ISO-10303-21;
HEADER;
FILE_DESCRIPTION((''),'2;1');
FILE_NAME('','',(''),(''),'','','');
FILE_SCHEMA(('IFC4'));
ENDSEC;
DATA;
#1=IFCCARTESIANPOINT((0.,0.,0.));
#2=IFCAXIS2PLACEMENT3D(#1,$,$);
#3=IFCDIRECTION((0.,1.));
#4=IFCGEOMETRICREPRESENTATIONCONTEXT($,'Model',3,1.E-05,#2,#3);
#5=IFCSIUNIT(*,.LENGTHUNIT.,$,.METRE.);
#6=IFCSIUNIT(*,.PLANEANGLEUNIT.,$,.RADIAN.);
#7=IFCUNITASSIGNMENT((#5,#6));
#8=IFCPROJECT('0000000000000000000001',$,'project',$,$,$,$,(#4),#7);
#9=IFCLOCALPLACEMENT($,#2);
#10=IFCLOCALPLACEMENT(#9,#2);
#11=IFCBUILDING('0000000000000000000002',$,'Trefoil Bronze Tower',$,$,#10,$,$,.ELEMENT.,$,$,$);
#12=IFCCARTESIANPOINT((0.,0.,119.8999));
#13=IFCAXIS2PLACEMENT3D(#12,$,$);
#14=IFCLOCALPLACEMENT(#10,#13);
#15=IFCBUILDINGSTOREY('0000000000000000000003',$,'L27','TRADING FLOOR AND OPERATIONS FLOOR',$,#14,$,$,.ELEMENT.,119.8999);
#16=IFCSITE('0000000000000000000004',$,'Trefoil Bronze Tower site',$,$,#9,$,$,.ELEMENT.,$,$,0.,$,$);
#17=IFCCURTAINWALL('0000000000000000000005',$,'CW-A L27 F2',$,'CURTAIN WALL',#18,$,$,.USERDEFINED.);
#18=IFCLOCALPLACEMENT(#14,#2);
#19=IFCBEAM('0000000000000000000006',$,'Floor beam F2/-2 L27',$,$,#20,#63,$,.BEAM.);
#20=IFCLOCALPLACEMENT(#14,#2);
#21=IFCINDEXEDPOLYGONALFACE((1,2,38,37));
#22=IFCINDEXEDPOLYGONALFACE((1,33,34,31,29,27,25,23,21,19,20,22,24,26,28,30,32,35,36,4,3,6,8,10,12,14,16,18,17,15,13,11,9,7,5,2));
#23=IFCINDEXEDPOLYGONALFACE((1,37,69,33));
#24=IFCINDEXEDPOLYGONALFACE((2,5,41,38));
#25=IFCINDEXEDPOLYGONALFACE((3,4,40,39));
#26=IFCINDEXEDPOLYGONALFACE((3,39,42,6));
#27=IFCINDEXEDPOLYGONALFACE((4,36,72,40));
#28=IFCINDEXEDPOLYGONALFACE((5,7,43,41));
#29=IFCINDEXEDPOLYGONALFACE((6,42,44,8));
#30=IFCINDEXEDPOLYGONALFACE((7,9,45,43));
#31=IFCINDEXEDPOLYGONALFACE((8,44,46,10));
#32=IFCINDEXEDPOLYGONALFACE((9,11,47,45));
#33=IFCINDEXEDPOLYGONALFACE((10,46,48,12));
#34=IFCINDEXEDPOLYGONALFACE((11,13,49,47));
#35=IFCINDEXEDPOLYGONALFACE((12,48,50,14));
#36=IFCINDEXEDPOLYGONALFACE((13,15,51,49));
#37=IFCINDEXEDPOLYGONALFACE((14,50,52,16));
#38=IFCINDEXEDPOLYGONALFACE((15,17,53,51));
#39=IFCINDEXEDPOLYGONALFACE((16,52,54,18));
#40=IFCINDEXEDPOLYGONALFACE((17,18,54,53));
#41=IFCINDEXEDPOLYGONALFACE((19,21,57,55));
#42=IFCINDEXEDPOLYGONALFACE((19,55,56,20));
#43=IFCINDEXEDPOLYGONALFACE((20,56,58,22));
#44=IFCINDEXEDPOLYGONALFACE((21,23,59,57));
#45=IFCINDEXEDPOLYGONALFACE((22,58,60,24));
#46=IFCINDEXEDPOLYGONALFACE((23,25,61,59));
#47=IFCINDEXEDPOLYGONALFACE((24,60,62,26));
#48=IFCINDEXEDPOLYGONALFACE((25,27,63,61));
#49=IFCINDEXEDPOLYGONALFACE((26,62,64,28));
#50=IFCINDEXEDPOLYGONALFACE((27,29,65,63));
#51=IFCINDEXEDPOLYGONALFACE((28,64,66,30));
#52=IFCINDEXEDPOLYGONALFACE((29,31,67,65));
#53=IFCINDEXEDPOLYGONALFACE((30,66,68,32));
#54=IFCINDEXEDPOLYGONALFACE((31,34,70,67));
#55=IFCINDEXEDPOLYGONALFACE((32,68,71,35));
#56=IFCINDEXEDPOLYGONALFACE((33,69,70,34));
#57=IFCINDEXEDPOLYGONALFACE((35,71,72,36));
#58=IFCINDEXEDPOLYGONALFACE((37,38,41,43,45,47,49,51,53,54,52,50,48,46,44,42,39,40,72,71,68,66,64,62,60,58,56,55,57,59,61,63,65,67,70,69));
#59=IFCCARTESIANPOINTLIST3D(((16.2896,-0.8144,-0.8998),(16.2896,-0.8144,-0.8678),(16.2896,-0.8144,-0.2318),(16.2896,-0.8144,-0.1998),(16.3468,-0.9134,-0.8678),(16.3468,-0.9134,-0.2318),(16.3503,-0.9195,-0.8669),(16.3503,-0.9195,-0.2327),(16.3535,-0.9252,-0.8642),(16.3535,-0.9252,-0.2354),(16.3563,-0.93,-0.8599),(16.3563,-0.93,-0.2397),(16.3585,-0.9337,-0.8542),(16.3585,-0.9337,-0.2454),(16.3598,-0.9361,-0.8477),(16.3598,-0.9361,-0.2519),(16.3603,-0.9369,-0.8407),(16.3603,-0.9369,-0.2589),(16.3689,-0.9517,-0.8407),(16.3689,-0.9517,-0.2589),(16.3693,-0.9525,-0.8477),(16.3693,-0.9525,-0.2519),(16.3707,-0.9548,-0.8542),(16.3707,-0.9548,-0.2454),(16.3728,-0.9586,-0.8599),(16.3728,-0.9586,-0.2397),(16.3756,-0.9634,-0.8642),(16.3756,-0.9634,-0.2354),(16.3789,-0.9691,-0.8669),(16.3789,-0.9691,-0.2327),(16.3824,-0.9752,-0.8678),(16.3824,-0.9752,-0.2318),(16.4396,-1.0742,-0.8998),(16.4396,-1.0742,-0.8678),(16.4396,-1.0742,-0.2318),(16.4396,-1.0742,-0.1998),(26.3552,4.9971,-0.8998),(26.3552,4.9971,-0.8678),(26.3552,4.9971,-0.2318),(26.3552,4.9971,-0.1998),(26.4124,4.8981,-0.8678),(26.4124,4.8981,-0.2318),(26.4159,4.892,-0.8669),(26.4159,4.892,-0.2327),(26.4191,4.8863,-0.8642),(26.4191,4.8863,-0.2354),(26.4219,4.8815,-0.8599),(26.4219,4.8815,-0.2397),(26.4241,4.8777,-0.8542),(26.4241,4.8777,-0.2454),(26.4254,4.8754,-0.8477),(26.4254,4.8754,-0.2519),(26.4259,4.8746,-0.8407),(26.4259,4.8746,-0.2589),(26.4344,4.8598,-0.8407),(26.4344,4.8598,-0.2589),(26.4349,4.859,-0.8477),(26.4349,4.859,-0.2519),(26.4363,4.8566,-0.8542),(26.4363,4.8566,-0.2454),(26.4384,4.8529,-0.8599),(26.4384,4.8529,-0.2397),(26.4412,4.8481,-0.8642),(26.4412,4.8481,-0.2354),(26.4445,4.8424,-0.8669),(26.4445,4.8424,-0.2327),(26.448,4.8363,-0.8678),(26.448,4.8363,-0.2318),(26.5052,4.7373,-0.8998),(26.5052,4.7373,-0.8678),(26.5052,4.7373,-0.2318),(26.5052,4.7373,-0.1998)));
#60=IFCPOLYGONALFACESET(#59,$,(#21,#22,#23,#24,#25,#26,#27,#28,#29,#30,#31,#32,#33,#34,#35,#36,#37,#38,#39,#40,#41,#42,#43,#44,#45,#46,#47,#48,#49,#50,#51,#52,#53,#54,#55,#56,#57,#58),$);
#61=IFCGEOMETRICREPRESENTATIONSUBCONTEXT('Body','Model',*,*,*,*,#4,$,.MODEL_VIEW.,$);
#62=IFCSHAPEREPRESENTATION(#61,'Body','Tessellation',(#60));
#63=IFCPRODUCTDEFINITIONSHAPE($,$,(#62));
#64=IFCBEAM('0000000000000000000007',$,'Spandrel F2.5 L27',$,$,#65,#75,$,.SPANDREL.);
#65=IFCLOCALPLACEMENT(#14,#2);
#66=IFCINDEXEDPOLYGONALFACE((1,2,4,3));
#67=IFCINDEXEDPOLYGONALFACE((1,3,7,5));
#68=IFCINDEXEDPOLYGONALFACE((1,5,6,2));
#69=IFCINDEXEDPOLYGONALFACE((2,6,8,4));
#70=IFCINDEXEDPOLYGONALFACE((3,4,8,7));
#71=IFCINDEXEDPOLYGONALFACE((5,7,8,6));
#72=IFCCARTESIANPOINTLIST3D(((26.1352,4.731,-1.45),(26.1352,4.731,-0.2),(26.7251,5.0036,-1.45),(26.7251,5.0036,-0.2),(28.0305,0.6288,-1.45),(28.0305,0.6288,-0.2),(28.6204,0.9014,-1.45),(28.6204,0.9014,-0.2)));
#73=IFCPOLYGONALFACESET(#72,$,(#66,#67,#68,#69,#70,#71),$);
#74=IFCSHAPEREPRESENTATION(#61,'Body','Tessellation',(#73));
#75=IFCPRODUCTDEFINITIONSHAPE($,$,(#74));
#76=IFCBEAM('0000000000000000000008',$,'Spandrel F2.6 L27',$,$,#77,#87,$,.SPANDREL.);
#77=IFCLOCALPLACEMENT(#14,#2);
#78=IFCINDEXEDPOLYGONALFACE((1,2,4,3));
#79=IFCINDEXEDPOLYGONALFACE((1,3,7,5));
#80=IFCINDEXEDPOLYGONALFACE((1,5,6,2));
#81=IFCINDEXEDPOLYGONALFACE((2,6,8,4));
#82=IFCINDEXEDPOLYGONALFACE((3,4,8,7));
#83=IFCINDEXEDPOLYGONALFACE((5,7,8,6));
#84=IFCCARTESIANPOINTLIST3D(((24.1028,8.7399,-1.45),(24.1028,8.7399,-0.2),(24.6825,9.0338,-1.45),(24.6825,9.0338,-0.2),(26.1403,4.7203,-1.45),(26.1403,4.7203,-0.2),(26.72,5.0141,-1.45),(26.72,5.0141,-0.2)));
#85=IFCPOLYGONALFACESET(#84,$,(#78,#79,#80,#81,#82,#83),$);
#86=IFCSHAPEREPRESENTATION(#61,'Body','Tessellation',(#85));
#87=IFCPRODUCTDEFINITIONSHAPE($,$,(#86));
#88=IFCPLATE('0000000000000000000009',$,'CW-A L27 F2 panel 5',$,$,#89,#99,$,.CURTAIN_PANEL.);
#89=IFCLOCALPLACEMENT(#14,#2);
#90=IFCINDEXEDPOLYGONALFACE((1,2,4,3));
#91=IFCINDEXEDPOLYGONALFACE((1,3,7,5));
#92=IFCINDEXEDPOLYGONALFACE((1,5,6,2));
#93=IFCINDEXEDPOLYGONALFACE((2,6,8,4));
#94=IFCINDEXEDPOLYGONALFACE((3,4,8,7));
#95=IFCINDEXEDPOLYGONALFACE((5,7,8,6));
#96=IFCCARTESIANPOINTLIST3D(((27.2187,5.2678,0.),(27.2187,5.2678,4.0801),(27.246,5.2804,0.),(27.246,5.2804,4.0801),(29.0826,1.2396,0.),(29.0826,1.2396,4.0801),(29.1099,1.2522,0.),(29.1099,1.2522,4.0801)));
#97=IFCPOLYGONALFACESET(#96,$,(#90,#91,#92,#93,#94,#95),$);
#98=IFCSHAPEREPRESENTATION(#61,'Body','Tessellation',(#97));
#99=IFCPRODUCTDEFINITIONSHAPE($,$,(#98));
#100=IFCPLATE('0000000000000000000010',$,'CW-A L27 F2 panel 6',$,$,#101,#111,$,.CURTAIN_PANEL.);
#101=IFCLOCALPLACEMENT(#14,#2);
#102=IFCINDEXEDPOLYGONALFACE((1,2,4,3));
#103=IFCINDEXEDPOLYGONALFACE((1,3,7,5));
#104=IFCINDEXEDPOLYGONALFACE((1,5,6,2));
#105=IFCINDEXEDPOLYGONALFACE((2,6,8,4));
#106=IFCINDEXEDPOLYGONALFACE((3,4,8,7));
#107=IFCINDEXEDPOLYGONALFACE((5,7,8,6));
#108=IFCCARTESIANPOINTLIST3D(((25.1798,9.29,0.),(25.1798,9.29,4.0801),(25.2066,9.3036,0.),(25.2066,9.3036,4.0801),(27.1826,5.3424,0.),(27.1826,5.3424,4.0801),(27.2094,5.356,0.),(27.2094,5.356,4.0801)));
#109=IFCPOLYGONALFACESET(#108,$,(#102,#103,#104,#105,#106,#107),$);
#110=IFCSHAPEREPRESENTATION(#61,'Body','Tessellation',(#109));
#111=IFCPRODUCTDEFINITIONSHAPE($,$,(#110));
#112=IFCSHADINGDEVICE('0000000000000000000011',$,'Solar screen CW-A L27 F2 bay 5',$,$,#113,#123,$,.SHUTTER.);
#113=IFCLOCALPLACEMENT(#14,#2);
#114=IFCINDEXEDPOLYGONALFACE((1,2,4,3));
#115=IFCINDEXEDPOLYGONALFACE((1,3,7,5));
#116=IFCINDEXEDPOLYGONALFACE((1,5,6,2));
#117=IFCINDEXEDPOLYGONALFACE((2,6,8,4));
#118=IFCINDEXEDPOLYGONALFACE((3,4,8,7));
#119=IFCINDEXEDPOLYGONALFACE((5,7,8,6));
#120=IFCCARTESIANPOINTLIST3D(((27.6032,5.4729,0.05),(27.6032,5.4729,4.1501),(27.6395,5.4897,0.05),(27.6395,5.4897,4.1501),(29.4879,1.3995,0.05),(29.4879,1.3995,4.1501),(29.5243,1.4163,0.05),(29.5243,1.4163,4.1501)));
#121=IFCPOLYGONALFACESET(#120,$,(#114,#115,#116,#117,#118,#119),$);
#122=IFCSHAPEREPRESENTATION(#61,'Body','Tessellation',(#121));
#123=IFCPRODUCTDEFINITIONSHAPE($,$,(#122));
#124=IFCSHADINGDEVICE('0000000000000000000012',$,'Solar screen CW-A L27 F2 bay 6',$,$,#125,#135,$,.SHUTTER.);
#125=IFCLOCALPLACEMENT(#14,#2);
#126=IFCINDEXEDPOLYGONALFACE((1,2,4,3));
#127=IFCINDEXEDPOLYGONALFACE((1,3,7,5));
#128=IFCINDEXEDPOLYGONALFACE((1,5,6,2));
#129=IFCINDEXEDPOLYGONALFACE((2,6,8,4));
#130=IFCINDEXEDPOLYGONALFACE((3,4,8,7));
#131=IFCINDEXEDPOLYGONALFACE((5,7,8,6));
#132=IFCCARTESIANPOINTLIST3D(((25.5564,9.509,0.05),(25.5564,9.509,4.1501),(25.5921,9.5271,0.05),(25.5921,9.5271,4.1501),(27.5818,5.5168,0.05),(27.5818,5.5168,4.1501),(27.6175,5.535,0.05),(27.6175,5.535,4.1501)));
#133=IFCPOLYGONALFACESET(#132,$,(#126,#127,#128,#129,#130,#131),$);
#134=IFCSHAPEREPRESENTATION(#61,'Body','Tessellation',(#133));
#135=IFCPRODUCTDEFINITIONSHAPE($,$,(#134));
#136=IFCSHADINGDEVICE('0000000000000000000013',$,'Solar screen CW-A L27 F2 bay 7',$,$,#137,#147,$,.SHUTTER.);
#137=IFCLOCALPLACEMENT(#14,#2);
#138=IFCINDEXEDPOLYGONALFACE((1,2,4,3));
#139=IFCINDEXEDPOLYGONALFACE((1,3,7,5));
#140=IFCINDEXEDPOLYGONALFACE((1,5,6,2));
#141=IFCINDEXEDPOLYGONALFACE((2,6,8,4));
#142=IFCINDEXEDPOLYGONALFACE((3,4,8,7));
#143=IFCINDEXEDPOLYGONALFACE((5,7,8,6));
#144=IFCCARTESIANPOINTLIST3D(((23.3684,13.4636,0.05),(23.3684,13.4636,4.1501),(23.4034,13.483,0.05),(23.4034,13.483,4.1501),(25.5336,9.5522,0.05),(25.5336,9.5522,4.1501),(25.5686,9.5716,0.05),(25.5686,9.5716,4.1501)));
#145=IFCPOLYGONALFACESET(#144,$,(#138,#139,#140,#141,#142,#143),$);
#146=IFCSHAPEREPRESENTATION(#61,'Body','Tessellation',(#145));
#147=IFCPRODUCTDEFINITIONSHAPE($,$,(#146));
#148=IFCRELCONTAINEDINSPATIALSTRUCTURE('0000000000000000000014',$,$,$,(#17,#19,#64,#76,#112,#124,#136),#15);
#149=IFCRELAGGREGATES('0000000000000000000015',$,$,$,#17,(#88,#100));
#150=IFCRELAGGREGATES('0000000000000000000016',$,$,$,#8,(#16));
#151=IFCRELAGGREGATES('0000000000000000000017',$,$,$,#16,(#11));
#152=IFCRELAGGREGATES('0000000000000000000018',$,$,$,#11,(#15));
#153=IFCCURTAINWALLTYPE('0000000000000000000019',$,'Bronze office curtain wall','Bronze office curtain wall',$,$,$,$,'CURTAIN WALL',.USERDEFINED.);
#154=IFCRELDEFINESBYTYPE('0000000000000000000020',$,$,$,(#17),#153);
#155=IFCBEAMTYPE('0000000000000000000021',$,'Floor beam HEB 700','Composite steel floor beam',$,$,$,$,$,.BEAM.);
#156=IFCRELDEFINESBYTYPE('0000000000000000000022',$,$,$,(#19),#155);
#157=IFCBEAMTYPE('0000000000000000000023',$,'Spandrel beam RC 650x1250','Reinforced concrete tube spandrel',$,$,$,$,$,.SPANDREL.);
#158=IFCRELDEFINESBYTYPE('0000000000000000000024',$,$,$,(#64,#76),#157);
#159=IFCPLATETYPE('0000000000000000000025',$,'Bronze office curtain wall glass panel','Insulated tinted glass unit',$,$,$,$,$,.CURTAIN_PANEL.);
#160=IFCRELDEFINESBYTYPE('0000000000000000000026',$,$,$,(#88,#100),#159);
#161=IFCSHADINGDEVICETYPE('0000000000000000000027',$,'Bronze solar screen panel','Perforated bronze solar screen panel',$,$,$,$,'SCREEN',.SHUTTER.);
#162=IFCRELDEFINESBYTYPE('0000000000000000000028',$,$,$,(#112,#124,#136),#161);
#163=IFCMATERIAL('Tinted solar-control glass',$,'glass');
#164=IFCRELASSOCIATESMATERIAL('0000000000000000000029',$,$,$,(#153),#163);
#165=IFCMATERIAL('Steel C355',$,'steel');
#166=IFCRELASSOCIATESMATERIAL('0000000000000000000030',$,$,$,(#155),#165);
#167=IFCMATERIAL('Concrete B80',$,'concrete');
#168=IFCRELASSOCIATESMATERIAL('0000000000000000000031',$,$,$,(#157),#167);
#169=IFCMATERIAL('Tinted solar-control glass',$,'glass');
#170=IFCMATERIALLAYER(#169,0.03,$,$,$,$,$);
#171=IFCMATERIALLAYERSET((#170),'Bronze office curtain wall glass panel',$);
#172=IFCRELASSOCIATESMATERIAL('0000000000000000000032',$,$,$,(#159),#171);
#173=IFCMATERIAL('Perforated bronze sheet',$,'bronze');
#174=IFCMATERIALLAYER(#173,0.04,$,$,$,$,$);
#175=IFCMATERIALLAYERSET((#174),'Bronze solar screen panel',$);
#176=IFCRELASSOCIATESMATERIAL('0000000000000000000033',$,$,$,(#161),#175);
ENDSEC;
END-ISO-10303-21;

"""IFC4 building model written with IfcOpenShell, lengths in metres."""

from ifc_helpers import new_model, si_unit, direction, frame, origin, origin_2d, place, context, subcontext, project, spatial, rectangle, i_section, extrude, material, layer, layer_set, material_profile, profile_set, type_object, element, aggregate, save


model = new_model("IFC4")

# Units and contexts
model_context = context("Model", 3, precision=1e-05, world=origin(), true_north=direction((0.0, 1.0)))
body_context = subcontext(model_context, "Body", "Model", "MODEL_VIEW")
ifc_project = project(units=[si_unit("LENGTHUNIT", "METRE"), si_unit("PLANEANGLEUNIT", "RADIAN")], contexts=[model_context])

# Site, building, storey
site_placement = place(None, origin())
site = spatial("IfcSite", under=ifc_project, at=site_placement, Name="Trefoil Bronze Tower site", CompositionType="ELEMENT", RefElevation=0.0)
building_placement = place(site_placement, origin())
building = spatial("IfcBuilding", under=site, at=building_placement, Name="Trefoil Bronze Tower", CompositionType="ELEMENT")
storey_placement = place(building_placement, frame((0.0, 0.0, 119.8999)))
storey = spatial("IfcBuildingStorey", under=building, at=storey_placement, Name="L27", Description="TRADING FLOOR AND OPERATIONS FLOOR", CompositionType="ELEMENT", Elevation=119.8999)

# Curtain wall
ifc_material_1 = material(Name="Tinted solar-control glass", Category="glass")
curtain_wall_type = type_object("IfcCurtainWallType", Name="Bronze office curtain wall", Description="Bronze office curtain wall", ElementType="CURTAIN WALL", PredefinedType="USERDEFINED", material=ifc_material_1)
curtain_wall_placement = place(storey_placement, origin())
curtain_wall = element("IfcCurtainWall", 1, at=curtain_wall_placement, inside=storey, type_object=curtain_wall_type, Name="CW-A L27 F2", ObjectType="CURTAIN WALL", PredefinedType="USERDEFINED")

# Beams
ifc_material_2 = material(Name="Steel C355", Category="steel")
ifc_material_profile_1 = material_profile(ifc_material_2, i_section(OverallWidth=0.3, OverallDepth=0.7, WebThickness=0.0171, FlangeThickness=0.032, FilletRadius=0.0271, at=origin_2d()), Name="HEB 700")
ifc_profile_set_1 = profile_set([ifc_material_profile_1], Name="Steel C355")
beam_type_1 = type_object("IfcBeamType", Name="Floor beam HEB 700", Description="Composite steel floor beam", PredefinedType="BEAM", material=ifc_profile_set_1)
beam_1_placement = place(storey_placement, frame((26.4302, 4.8672, -0.5498), z_axis=(-0.866022, -0.500007, 0.0), x_axis=(0.500007, -0.866022, 0.0)))
element("IfcBeam", 2, at=beam_1_placement, inside=storey, type_object=beam_type_1, Name="Floor beam F2/-2 L27", PredefinedType="BEAM", context=body_context, shape_type="SweptSolid", body=[
    extrude(i_section(OverallWidth=0.3, OverallDepth=0.7, WebThickness=0.0171, FlangeThickness=0.032, FilletRadius=0.0271, at=origin_2d()), origin(), (0.0, 0.0, 1.0), 11.6228),
])
ifc_material_3 = material(Name="Concrete B80", Category="concrete")
ifc_material_profile_2 = material_profile(ifc_material_3, rectangle(XDim=0.6499, YDim=1.25, at=origin_2d()), Name="RC 650x1250")
ifc_profile_set_2 = profile_set([ifc_material_profile_2], Name="Concrete B80")
beam_type_2 = type_object("IfcBeamType", Name="Spandrel beam RC 650x1250", Description="Reinforced concrete tube spandrel", PredefinedType="SPANDREL", material=ifc_profile_set_2)
beam_2_placement = place(storey_placement, frame((28.3254, 0.7651, -0.825), z_axis=(-0.419425, 0.90779, 0.0), x_axis=(-0.90779, -0.419425, 0.0)))
element("IfcBeam", 3, at=beam_2_placement, inside=storey, type_object=beam_type_2, Name="Spandrel F2.5 L27", PredefinedType="SPANDREL", context=body_context, shape_type="SweptSolid", body=[
    extrude(rectangle(XDim=0.6499, YDim=1.25, at=origin_2d()), origin(), (0.0, 0.0, 1.0), 4.5188),
])
beam_3_placement = place(storey_placement, frame((26.4302, 4.8672, -0.825), z_axis=(-0.452126, 0.891954, 0.0), x_axis=(-0.891954, -0.452126, 0.0)))
element("IfcBeam", 4, at=beam_3_placement, inside=storey, type_object=beam_type_2, Name="Spandrel F2.6 L27", PredefinedType="SPANDREL", context=body_context, shape_type="SweptSolid", body=[
    extrude(rectangle(XDim=0.6499, YDim=1.25, at=origin_2d()), origin(), (0.0, 0.0, 1.0), 4.5066),
])

# Plates
ifc_material_4 = material(Name="Tinted solar-control glass", Category="glass")
ifc_layer_1 = layer(ifc_material_4, 0.03)
ifc_layer_set_1 = layer_set([ifc_layer_1], Name="Bronze office curtain wall glass panel")
plate_type = type_object("IfcPlateType", Name="Bronze office curtain wall glass panel", Description="Insulated tinted glass unit", PredefinedType="CURTAIN_PANEL", material=ifc_layer_set_1)
plate_1_placement = place(storey_placement, frame((28.1643, 3.26, 0.0), z_axis=(0.0, 0.0, 1.0), x_axis=(-0.419933, 0.907555, 0.0)))
plate_1 = element("IfcPlate", 5, at=plate_1_placement, type_object=plate_type, Name="CW-A L27 F2 panel 5", PredefinedType="CURTAIN_PANEL", context=body_context, shape_type="SweptSolid", body=[
    extrude(rectangle(XDim=4.4385, YDim=0.03, at=origin_2d()), origin(), (0.0, 0.0, 1.0), 4.0801),
])
plate_2_placement = place(storey_placement, frame((26.1946, 7.323, 0.0), z_axis=(0.0, 0.0, 1.0), x_axis=(-0.452449, 0.89179, 0.0)))
plate_2 = element("IfcPlate", 6, at=plate_2_placement, type_object=plate_type, Name="CW-A L27 F2 panel 6", PredefinedType="CURTAIN_PANEL", context=body_context, shape_type="SweptSolid", body=[
    extrude(rectangle(XDim=4.4265, YDim=0.03, at=origin_2d()), origin(), (0.0, 0.0, 1.0), 4.0801),
])
aggregate(curtain_wall, [plate_1, plate_2])

# Shading devices
ifc_material_5 = material(Name="Perforated bronze sheet", Category="bronze")
ifc_layer_2 = layer(ifc_material_5, 0.04)
ifc_layer_set_2 = layer_set([ifc_layer_2], Name="Bronze solar screen panel")
shading_device_type = type_object("IfcShadingDeviceType", Name="Bronze solar screen panel", Description="Perforated bronze solar screen panel", ElementType="SCREEN", PredefinedType="SHUTTER", material=ifc_layer_set_2)
shading_device_1_placement = place(storey_placement, frame((28.5637, 3.4446, 0.05), z_axis=(0.0, 0.0, 1.0), x_axis=(-0.419933, 0.907555, 0.0)))
element("IfcShadingDevice", 7, at=shading_device_1_placement, inside=storey, type_object=shading_device_type, Name="Solar screen CW-A L27 F2 bay 5", PredefinedType="SHUTTER", context=body_context, shape_type="SweptSolid", body=[
    extrude(rectangle(XDim=4.4883, YDim=0.04, at=origin_2d()), origin(), (0.0, 0.0, 1.0), 4.1001),
])
shading_device_2_placement = place(storey_placement, frame((26.5869, 7.522, 0.05), z_axis=(0.0, 0.0, 1.0), x_axis=(-0.452449, 0.89179, 0.0)))
element("IfcShadingDevice", 8, at=shading_device_2_placement, inside=storey, type_object=shading_device_type, Name="Solar screen CW-A L27 F2 bay 6", PredefinedType="SHUTTER", context=body_context, shape_type="SweptSolid", body=[
    extrude(rectangle(XDim=4.4766, YDim=0.04, at=origin_2d()), origin(), (0.0, 0.0, 1.0), 4.1001),
])
shading_device_3_placement = place(storey_placement, frame((24.4685, 11.5176, 0.05), z_axis=(0.0, 0.0, 1.0), x_axis=(-0.484312, 0.874895, 0.0)))
element("IfcShadingDevice", 9, at=shading_device_3_placement, inside=storey, type_object=shading_device_type, Name="Solar screen CW-A L27 F2 bay 7", PredefinedType="SHUTTER", context=body_context, shape_type="SweptSolid", body=[
    extrude(rectangle(XDim=4.4707, YDim=0.04, at=origin_2d()), origin(), (0.0, 0.0, 1.0), 4.1001),
])

save(model, "model.ifc")
